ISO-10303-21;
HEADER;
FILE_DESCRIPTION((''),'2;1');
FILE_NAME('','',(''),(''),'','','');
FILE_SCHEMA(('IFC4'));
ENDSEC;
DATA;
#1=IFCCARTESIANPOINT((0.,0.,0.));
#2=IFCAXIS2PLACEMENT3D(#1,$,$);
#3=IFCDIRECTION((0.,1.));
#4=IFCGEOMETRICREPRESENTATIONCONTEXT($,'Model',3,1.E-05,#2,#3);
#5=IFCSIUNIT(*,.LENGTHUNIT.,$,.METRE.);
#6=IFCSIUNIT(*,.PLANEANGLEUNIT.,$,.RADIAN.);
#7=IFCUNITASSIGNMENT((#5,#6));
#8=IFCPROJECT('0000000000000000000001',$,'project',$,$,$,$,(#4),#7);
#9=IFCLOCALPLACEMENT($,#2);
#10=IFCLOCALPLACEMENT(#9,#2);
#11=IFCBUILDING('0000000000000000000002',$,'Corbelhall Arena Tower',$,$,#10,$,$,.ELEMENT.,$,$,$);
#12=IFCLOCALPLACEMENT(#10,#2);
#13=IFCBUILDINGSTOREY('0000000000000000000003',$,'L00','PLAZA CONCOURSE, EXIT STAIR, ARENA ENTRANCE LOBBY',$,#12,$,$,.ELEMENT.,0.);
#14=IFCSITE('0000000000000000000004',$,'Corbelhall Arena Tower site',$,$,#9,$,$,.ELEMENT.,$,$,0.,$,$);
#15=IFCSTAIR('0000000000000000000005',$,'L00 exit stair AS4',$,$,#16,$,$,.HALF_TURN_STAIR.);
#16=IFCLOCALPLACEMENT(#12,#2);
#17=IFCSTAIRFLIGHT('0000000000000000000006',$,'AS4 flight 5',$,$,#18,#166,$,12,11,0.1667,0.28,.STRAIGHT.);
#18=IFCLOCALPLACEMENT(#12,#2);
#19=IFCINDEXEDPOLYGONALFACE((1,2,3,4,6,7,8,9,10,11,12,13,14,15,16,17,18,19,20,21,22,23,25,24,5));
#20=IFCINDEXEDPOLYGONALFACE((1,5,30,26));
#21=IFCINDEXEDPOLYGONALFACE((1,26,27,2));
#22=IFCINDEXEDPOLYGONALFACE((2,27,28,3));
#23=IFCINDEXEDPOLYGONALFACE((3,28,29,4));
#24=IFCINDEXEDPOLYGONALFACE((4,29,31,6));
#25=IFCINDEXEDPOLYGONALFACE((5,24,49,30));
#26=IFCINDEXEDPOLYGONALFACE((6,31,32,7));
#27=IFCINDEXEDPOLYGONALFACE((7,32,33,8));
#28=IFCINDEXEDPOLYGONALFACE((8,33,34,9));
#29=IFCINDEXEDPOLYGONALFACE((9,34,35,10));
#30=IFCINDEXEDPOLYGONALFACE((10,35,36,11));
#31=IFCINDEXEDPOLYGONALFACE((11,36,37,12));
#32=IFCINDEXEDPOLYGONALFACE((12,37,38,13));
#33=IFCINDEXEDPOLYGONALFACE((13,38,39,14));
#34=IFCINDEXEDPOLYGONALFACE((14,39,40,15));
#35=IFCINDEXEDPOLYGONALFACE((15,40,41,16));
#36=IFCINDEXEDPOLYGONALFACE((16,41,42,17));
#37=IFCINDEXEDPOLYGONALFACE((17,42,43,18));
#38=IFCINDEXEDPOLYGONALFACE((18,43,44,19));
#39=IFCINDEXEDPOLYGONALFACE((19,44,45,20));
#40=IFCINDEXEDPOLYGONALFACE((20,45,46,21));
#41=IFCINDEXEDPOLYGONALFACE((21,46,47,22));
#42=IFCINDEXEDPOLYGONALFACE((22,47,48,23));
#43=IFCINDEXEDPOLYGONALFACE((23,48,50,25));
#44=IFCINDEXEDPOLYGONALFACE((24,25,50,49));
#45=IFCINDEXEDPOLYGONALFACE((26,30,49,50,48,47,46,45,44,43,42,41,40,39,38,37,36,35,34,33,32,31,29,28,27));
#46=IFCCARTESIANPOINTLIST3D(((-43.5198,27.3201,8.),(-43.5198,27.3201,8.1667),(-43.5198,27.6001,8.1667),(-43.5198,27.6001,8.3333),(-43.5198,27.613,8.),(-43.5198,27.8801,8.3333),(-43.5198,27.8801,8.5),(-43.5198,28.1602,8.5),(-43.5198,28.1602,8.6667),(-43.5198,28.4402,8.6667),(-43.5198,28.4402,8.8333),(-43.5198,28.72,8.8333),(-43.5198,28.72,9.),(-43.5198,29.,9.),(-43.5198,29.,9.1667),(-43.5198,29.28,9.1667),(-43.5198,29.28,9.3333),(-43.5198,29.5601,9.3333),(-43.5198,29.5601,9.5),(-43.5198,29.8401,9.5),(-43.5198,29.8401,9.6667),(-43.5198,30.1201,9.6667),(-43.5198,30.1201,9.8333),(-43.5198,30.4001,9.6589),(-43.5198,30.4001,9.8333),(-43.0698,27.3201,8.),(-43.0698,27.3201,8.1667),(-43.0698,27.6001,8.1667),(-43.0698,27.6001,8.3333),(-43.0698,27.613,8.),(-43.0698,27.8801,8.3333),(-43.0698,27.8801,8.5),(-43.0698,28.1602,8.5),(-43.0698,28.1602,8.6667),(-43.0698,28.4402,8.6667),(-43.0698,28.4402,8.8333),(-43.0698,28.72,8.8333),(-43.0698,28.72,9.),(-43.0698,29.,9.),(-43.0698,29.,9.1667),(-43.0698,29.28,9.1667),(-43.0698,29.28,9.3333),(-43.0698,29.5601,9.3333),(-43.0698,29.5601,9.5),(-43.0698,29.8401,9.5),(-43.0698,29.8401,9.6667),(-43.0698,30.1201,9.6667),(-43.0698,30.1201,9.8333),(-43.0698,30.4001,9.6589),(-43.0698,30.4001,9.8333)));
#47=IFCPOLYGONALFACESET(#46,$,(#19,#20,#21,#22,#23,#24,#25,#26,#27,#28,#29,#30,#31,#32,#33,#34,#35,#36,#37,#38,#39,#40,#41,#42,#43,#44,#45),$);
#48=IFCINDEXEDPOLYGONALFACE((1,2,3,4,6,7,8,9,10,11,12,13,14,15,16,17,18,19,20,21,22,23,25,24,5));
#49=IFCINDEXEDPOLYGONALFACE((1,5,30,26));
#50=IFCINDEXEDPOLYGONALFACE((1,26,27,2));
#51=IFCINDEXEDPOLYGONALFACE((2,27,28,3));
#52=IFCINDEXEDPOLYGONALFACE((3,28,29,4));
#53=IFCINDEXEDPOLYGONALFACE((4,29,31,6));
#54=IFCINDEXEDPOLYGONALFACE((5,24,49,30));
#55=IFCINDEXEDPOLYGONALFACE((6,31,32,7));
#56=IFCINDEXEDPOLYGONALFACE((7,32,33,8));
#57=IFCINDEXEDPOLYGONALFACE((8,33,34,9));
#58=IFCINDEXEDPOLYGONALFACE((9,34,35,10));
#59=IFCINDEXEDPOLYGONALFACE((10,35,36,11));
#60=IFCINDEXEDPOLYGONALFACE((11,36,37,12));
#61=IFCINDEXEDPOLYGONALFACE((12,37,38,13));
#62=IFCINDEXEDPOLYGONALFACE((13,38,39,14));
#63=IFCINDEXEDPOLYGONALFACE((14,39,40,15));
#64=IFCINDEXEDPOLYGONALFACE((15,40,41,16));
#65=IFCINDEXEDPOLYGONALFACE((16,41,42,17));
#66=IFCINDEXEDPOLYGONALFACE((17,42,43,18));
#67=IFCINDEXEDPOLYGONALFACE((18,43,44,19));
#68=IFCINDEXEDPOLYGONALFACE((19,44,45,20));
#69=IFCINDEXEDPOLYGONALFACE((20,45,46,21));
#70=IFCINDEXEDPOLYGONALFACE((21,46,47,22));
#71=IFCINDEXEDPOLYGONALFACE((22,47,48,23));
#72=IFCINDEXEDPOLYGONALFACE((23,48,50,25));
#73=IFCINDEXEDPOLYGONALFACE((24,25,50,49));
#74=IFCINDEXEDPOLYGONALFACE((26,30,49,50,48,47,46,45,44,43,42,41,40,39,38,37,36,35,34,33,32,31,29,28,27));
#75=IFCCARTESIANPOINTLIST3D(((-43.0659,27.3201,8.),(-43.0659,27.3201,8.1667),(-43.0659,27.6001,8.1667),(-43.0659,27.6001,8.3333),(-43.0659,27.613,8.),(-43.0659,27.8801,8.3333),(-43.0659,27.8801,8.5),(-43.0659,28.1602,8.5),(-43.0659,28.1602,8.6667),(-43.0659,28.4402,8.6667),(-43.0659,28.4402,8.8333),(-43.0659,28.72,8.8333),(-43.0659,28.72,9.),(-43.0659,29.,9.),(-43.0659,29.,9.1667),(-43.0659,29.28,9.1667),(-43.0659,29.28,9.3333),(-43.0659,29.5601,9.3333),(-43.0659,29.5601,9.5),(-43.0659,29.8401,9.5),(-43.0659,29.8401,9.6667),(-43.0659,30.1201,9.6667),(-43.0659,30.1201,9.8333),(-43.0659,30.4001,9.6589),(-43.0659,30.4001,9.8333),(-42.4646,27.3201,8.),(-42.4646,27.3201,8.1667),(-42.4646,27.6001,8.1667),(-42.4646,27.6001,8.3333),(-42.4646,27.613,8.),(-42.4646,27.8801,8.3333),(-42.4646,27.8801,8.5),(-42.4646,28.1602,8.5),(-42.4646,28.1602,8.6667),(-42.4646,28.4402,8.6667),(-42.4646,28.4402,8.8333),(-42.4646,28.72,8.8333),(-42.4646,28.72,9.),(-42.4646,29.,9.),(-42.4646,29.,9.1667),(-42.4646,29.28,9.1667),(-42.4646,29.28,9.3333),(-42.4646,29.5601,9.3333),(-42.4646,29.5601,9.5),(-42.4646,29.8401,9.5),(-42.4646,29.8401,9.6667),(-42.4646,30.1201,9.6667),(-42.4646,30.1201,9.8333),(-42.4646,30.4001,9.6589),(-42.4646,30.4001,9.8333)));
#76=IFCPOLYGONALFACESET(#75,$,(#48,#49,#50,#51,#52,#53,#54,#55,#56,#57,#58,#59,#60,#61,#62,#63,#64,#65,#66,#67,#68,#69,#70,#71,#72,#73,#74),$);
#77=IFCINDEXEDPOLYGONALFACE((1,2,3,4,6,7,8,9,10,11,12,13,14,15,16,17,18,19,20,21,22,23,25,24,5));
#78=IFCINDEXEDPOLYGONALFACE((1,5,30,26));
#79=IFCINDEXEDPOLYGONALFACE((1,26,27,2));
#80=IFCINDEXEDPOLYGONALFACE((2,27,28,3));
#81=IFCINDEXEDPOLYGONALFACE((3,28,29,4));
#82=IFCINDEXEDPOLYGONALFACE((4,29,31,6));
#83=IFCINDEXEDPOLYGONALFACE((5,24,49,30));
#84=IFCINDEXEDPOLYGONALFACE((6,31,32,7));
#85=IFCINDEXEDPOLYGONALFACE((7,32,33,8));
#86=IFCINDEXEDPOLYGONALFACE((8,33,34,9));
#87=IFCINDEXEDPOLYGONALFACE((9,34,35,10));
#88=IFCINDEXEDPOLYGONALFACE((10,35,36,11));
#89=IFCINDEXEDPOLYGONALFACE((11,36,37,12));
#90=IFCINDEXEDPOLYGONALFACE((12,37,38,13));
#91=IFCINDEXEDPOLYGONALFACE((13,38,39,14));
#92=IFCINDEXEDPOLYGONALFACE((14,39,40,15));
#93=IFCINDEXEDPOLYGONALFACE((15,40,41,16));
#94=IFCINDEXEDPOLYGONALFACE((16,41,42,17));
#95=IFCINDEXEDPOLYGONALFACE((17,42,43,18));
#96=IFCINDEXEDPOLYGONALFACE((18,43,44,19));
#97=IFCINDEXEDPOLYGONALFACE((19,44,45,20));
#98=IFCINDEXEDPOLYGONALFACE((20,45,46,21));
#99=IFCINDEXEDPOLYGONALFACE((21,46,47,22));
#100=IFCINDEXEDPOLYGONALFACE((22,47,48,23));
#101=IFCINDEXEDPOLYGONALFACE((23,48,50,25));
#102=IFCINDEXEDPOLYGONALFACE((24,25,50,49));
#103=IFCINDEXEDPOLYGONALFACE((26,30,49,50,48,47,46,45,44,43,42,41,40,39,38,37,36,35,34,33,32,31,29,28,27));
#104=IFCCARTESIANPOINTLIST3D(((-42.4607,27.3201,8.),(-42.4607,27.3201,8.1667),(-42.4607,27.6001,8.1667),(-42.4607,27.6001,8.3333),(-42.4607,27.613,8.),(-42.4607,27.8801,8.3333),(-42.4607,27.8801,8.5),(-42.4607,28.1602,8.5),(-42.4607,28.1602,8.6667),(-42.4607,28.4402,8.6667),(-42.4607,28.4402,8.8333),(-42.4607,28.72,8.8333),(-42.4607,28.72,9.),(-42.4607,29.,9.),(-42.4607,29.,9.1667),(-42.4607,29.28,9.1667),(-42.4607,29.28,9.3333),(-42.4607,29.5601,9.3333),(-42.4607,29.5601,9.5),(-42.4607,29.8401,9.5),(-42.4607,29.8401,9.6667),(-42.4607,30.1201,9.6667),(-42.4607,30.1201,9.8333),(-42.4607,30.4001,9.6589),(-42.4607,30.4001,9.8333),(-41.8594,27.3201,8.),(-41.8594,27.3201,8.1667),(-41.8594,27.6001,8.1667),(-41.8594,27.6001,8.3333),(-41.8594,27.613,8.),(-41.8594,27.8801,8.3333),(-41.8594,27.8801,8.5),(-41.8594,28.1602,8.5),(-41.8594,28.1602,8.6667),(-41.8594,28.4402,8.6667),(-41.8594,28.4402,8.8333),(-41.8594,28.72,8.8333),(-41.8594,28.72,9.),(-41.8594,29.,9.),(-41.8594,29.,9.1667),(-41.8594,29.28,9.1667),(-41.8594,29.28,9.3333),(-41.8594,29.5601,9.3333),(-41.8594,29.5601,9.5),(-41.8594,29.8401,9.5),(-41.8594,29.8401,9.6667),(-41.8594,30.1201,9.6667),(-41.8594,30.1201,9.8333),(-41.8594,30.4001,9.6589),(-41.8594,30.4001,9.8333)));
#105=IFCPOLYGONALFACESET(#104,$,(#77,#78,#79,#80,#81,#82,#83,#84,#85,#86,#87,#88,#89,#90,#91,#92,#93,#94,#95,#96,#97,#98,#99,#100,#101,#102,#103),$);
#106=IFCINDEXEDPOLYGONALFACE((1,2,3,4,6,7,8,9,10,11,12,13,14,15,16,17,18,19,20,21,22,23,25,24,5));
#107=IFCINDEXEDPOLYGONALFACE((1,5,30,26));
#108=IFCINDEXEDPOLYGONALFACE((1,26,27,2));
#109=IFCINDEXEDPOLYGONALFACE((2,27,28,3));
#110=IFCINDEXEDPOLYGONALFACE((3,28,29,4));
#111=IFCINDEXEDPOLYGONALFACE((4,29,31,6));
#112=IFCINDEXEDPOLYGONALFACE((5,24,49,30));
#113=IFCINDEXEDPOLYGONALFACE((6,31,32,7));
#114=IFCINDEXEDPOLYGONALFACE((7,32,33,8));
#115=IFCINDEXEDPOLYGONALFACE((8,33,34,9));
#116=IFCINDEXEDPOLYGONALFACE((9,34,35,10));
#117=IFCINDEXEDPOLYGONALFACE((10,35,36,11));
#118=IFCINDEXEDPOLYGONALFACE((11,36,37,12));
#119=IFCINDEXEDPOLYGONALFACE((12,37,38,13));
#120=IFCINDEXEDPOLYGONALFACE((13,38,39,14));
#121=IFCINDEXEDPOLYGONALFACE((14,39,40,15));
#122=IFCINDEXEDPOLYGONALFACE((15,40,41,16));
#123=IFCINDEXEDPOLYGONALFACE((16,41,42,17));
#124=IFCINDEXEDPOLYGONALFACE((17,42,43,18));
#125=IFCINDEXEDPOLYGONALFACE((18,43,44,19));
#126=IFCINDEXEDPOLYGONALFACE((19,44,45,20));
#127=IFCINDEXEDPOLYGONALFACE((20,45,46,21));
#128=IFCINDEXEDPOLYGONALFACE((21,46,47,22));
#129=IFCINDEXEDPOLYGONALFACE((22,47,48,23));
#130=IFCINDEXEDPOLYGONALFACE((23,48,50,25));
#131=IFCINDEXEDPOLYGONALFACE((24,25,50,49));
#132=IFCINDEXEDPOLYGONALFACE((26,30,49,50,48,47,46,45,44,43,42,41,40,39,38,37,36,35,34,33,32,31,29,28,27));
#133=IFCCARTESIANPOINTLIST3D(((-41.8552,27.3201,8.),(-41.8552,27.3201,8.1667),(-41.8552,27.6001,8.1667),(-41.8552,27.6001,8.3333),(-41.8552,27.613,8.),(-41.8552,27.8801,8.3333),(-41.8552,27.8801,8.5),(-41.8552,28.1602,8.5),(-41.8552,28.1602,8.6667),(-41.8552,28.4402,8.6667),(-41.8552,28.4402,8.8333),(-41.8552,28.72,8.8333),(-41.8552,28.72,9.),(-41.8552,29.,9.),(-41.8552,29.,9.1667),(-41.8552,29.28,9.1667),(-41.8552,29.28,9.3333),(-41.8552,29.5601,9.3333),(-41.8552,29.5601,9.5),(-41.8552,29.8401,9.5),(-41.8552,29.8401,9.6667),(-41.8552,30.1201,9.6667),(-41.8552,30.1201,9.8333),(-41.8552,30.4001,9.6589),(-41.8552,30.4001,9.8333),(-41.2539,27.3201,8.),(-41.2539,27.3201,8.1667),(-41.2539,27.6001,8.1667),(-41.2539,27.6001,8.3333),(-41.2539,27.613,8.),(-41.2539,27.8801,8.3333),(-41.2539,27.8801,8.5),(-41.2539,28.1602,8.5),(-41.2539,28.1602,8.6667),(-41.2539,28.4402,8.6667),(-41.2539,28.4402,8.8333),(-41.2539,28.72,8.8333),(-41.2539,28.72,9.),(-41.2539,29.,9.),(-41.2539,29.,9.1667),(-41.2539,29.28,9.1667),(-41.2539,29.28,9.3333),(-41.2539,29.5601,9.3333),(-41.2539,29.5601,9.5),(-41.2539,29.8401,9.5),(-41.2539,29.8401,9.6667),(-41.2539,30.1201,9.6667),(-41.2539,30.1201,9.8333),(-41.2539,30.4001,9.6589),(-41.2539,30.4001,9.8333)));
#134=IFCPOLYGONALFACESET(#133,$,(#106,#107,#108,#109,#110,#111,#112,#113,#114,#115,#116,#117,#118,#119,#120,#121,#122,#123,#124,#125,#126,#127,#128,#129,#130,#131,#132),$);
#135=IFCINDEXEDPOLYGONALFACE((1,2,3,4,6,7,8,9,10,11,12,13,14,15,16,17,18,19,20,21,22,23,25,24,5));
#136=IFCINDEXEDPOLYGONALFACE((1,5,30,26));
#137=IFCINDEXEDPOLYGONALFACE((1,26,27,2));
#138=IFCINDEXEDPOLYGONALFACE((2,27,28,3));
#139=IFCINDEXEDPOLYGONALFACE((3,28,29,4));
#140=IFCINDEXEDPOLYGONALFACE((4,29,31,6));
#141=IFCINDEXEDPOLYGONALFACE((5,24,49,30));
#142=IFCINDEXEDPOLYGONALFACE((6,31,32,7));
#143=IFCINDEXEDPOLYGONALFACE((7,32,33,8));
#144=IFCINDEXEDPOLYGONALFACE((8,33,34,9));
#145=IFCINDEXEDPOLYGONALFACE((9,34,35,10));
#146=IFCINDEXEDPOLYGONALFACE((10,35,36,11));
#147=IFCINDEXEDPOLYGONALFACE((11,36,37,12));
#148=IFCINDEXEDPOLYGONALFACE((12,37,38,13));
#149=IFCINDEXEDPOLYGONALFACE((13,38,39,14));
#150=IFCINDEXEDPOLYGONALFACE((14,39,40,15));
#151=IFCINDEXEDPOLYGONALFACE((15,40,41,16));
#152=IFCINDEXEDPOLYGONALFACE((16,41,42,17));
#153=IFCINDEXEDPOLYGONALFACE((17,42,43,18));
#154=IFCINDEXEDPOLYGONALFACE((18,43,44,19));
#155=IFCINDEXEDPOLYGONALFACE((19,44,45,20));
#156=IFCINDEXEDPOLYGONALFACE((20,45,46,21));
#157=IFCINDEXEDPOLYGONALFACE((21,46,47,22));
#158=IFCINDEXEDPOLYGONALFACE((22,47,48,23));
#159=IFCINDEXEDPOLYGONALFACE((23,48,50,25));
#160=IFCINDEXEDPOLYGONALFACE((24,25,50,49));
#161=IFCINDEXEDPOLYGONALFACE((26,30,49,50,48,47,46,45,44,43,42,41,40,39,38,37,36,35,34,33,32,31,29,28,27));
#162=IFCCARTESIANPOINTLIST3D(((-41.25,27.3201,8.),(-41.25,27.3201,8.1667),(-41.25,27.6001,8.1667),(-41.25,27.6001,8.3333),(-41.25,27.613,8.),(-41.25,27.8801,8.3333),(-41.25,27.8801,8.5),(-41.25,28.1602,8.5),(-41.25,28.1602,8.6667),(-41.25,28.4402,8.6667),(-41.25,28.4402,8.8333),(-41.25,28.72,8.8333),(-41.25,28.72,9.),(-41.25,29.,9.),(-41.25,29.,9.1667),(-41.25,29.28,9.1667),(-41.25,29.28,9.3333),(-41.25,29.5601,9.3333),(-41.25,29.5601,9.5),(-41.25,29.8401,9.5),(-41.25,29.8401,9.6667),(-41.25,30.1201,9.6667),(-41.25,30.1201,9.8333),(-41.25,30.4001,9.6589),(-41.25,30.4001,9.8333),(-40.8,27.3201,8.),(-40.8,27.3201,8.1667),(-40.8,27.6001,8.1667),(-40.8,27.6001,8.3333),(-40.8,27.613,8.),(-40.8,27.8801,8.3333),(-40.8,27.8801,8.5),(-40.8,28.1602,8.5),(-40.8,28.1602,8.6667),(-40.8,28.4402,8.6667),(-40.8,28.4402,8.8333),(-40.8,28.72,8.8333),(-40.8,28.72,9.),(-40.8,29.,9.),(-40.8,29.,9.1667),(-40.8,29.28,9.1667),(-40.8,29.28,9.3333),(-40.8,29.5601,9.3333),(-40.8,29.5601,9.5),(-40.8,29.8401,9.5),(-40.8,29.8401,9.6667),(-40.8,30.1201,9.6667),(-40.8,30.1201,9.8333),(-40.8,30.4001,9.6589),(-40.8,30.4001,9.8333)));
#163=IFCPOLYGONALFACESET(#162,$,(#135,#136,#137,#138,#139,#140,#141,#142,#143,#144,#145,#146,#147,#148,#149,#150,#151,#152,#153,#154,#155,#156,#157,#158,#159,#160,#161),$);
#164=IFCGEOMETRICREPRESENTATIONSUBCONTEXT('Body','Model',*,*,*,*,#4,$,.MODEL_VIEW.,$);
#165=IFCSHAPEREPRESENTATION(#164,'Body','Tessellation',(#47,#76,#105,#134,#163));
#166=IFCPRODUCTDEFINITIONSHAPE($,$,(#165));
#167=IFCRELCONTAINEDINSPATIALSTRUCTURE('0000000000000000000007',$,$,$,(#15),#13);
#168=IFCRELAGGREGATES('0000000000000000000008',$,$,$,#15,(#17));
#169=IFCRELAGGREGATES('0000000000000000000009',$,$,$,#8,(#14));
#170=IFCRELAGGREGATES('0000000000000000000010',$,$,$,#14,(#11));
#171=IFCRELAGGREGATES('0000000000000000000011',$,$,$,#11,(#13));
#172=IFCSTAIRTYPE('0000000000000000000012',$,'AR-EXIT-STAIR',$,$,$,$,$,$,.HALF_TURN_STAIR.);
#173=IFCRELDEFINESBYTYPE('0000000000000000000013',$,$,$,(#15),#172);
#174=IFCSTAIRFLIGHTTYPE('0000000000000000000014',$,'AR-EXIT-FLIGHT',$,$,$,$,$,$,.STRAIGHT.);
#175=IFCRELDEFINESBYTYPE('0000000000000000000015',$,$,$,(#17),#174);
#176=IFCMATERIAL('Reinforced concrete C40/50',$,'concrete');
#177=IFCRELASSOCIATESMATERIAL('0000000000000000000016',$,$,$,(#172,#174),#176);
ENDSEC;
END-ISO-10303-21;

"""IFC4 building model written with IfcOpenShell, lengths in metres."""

from ifc_helpers import new_model, si_unit, direction, frame, origin, place, context, subcontext, project, spatial, polyline, outline, extrude, material, type_object, element, aggregate, save


model = new_model("IFC4")

# Units and contexts
model_context = context("Model", 3, precision=1e-05, world=origin(), true_north=direction((0.0, 1.0)))
body_context = subcontext(model_context, "Body", "Model", "MODEL_VIEW")
ifc_project = project(units=[si_unit("LENGTHUNIT", "METRE"), si_unit("PLANEANGLEUNIT", "RADIAN")], contexts=[model_context])

# Site, building, storey
site_placement = place(None, origin())
site = spatial("IfcSite", under=ifc_project, at=site_placement, Name="Corbelhall Arena Tower site", CompositionType="ELEMENT", RefElevation=0.0)
building_placement = place(site_placement, origin())
building = spatial("IfcBuilding", under=site, at=building_placement, Name="Corbelhall Arena Tower", CompositionType="ELEMENT")
storey_placement = place(building_placement, origin())
storey = spatial("IfcBuildingStorey", under=building, at=storey_placement, Name="L00", Description="PLAZA CONCOURSE, EXIT STAIR, ARENA ENTRANCE LOBBY", CompositionType="ELEMENT", Elevation=0.0)

# Shared definitions
ifc_material_1 = material(Name="Reinforced concrete C40/50", Category="concrete")

# Shared definitions
stair_type = type_object("IfcStairType", Name="AR-EXIT-STAIR", PredefinedType="HALF_TURN_STAIR", material=ifc_material_1)
stair_flight_type = type_object("IfcStairFlightType", Name="AR-EXIT-FLIGHT", PredefinedType="STRAIGHT", material=ifc_material_1)

# Stair, stair flight
stair_1_placement = place(storey_placement, origin())
stair_1 = element("IfcStair", 1, at=stair_1_placement, inside=storey, type_object=stair_type, Name="L00 exit stair AS4", PredefinedType="HALF_TURN_STAIR")
stair_flight_1_placement = place(storey_placement, frame((-42.1599, 27.3201, 8.0), z_axis=(0.0, 0.0, 1.0), x_axis=(0.0, 1.0, 0.0)))
stair_flight_1 = element("IfcStairFlight", 2, at=stair_flight_1_placement, type_object=stair_flight_type, Name="AS4 flight 5", NumberOfRisers=12, NumberOfTreads=11, PredefinedType="STRAIGHT", RiserHeight=0.1667, TreadLength=0.28, context=body_context, shape_type="SweptSolid", body=[
    extrude(outline(polyline([(0.0, 0.0), (0.0, 0.1667), (0.28, 0.1667), (0.28, 0.3333), (0.5601, 0.3333), (0.5601, 0.5), (0.8401, 0.5), (0.8401, 0.6667), (1.1201, 0.6667), (1.1201, 0.8333), (1.3999, 0.8333), (1.3999, 1.0), (1.6799, 1.0), (1.6799, 1.1667), (1.96, 1.1667), (1.96, 1.3333), (2.24, 1.3333), (2.24, 1.5), (2.52, 1.5), (2.52, 1.6667), (2.8, 1.6667), (2.8, 1.8333), (3.0801, 1.8333), (3.0801, 2.0), (3.0801, 1.6589), (0.293, 0.0), (0.0, 0.0)])), frame((0.0, 1.3599, 0.0), z_axis=(0.0, -1.0, 0.0), x_axis=(1.0, 0.0, 0.0)), (0.0, 0.0, 1.0), 0.45),
    extrude(outline(polyline([(0.0, 0.0), (0.0, 0.1667), (0.28, 0.1667), (0.28, 0.3333), (0.5601, 0.3333), (0.5601, 0.5), (0.8401, 0.5), (0.8401, 0.6667), (1.1201, 0.6667), (1.1201, 0.8333), (1.3999, 0.8333), (1.3999, 1.0), (1.6799, 1.0), (1.6799, 1.1667), (1.96, 1.1667), (1.96, 1.3333), (2.24, 1.3333), (2.24, 1.5), (2.52, 1.5), (2.52, 1.6667), (2.8, 1.6667), (2.8, 1.8333), (3.0801, 1.8333), (3.0801, 2.0), (3.0801, 1.6589), (0.293, 0.0), (0.0, 0.0)])), frame((0.0, 0.906, 0.0), z_axis=(0.0, -1.0, 0.0), x_axis=(1.0, 0.0, 0.0)), (0.0, 0.0, 1.0), 0.6013),
    extrude(outline(polyline([(0.0, 0.0), (0.0, 0.1667), (0.28, 0.1667), (0.28, 0.3333), (0.5601, 0.3333), (0.5601, 0.5), (0.8401, 0.5), (0.8401, 0.6667), (1.1201, 0.6667), (1.1201, 0.8333), (1.3999, 0.8333), (1.3999, 1.0), (1.6799, 1.0), (1.6799, 1.1667), (1.96, 1.1667), (1.96, 1.3333), (2.24, 1.3333), (2.24, 1.5), (2.52, 1.5), (2.52, 1.6667), (2.8, 1.6667), (2.8, 1.8333), (3.0801, 1.8333), (3.0801, 2.0), (3.0801, 1.6589), (0.293, 0.0), (0.0, 0.0)])), frame((0.0, 0.3008, 0.0), z_axis=(0.0, -1.0, 0.0), x_axis=(1.0, 0.0, 0.0)), (0.0, 0.0, 1.0), 0.6013),
    extrude(outline(polyline([(0.0, 0.0), (0.0, 0.1667), (0.28, 0.1667), (0.28, 0.3333), (0.5601, 0.3333), (0.5601, 0.5), (0.8401, 0.5), (0.8401, 0.6667), (1.1201, 0.6667), (1.1201, 0.8333), (1.3999, 0.8333), (1.3999, 1.0), (1.6799, 1.0), (1.6799, 1.1667), (1.96, 1.1667), (1.96, 1.3333), (2.24, 1.3333), (2.24, 1.5), (2.52, 1.5), (2.52, 1.6667), (2.8, 1.6667), (2.8, 1.8333), (3.0801, 1.8333), (3.0801, 2.0), (3.0801, 1.6589), (0.293, 0.0), (0.0, 0.0)])), frame((0.0, -0.3047, 0.0), z_axis=(0.0, -1.0, 0.0), x_axis=(1.0, 0.0, 0.0)), (0.0, 0.0, 1.0), 0.6013),
    extrude(outline(polyline([(0.0, 0.0), (0.0, 0.1667), (0.28, 0.1667), (0.28, 0.3333), (0.5601, 0.3333), (0.5601, 0.5), (0.8401, 0.5), (0.8401, 0.6667), (1.1201, 0.6667), (1.1201, 0.8333), (1.3999, 0.8333), (1.3999, 1.0), (1.6799, 1.0), (1.6799, 1.1667), (1.96, 1.1667), (1.96, 1.3333), (2.24, 1.3333), (2.24, 1.5), (2.52, 1.5), (2.52, 1.6667), (2.8, 1.6667), (2.8, 1.8333), (3.0801, 1.8333), (3.0801, 2.0), (3.0801, 1.6589), (0.293, 0.0), (0.0, 0.0)])), frame((0.0, -0.9099, 0.0), z_axis=(0.0, -1.0, 0.0), x_axis=(1.0, 0.0, 0.0)), (0.0, 0.0, 1.0), 0.45),
])
aggregate(stair_1, [stair_flight_1])

save(model, "model.ifc")
